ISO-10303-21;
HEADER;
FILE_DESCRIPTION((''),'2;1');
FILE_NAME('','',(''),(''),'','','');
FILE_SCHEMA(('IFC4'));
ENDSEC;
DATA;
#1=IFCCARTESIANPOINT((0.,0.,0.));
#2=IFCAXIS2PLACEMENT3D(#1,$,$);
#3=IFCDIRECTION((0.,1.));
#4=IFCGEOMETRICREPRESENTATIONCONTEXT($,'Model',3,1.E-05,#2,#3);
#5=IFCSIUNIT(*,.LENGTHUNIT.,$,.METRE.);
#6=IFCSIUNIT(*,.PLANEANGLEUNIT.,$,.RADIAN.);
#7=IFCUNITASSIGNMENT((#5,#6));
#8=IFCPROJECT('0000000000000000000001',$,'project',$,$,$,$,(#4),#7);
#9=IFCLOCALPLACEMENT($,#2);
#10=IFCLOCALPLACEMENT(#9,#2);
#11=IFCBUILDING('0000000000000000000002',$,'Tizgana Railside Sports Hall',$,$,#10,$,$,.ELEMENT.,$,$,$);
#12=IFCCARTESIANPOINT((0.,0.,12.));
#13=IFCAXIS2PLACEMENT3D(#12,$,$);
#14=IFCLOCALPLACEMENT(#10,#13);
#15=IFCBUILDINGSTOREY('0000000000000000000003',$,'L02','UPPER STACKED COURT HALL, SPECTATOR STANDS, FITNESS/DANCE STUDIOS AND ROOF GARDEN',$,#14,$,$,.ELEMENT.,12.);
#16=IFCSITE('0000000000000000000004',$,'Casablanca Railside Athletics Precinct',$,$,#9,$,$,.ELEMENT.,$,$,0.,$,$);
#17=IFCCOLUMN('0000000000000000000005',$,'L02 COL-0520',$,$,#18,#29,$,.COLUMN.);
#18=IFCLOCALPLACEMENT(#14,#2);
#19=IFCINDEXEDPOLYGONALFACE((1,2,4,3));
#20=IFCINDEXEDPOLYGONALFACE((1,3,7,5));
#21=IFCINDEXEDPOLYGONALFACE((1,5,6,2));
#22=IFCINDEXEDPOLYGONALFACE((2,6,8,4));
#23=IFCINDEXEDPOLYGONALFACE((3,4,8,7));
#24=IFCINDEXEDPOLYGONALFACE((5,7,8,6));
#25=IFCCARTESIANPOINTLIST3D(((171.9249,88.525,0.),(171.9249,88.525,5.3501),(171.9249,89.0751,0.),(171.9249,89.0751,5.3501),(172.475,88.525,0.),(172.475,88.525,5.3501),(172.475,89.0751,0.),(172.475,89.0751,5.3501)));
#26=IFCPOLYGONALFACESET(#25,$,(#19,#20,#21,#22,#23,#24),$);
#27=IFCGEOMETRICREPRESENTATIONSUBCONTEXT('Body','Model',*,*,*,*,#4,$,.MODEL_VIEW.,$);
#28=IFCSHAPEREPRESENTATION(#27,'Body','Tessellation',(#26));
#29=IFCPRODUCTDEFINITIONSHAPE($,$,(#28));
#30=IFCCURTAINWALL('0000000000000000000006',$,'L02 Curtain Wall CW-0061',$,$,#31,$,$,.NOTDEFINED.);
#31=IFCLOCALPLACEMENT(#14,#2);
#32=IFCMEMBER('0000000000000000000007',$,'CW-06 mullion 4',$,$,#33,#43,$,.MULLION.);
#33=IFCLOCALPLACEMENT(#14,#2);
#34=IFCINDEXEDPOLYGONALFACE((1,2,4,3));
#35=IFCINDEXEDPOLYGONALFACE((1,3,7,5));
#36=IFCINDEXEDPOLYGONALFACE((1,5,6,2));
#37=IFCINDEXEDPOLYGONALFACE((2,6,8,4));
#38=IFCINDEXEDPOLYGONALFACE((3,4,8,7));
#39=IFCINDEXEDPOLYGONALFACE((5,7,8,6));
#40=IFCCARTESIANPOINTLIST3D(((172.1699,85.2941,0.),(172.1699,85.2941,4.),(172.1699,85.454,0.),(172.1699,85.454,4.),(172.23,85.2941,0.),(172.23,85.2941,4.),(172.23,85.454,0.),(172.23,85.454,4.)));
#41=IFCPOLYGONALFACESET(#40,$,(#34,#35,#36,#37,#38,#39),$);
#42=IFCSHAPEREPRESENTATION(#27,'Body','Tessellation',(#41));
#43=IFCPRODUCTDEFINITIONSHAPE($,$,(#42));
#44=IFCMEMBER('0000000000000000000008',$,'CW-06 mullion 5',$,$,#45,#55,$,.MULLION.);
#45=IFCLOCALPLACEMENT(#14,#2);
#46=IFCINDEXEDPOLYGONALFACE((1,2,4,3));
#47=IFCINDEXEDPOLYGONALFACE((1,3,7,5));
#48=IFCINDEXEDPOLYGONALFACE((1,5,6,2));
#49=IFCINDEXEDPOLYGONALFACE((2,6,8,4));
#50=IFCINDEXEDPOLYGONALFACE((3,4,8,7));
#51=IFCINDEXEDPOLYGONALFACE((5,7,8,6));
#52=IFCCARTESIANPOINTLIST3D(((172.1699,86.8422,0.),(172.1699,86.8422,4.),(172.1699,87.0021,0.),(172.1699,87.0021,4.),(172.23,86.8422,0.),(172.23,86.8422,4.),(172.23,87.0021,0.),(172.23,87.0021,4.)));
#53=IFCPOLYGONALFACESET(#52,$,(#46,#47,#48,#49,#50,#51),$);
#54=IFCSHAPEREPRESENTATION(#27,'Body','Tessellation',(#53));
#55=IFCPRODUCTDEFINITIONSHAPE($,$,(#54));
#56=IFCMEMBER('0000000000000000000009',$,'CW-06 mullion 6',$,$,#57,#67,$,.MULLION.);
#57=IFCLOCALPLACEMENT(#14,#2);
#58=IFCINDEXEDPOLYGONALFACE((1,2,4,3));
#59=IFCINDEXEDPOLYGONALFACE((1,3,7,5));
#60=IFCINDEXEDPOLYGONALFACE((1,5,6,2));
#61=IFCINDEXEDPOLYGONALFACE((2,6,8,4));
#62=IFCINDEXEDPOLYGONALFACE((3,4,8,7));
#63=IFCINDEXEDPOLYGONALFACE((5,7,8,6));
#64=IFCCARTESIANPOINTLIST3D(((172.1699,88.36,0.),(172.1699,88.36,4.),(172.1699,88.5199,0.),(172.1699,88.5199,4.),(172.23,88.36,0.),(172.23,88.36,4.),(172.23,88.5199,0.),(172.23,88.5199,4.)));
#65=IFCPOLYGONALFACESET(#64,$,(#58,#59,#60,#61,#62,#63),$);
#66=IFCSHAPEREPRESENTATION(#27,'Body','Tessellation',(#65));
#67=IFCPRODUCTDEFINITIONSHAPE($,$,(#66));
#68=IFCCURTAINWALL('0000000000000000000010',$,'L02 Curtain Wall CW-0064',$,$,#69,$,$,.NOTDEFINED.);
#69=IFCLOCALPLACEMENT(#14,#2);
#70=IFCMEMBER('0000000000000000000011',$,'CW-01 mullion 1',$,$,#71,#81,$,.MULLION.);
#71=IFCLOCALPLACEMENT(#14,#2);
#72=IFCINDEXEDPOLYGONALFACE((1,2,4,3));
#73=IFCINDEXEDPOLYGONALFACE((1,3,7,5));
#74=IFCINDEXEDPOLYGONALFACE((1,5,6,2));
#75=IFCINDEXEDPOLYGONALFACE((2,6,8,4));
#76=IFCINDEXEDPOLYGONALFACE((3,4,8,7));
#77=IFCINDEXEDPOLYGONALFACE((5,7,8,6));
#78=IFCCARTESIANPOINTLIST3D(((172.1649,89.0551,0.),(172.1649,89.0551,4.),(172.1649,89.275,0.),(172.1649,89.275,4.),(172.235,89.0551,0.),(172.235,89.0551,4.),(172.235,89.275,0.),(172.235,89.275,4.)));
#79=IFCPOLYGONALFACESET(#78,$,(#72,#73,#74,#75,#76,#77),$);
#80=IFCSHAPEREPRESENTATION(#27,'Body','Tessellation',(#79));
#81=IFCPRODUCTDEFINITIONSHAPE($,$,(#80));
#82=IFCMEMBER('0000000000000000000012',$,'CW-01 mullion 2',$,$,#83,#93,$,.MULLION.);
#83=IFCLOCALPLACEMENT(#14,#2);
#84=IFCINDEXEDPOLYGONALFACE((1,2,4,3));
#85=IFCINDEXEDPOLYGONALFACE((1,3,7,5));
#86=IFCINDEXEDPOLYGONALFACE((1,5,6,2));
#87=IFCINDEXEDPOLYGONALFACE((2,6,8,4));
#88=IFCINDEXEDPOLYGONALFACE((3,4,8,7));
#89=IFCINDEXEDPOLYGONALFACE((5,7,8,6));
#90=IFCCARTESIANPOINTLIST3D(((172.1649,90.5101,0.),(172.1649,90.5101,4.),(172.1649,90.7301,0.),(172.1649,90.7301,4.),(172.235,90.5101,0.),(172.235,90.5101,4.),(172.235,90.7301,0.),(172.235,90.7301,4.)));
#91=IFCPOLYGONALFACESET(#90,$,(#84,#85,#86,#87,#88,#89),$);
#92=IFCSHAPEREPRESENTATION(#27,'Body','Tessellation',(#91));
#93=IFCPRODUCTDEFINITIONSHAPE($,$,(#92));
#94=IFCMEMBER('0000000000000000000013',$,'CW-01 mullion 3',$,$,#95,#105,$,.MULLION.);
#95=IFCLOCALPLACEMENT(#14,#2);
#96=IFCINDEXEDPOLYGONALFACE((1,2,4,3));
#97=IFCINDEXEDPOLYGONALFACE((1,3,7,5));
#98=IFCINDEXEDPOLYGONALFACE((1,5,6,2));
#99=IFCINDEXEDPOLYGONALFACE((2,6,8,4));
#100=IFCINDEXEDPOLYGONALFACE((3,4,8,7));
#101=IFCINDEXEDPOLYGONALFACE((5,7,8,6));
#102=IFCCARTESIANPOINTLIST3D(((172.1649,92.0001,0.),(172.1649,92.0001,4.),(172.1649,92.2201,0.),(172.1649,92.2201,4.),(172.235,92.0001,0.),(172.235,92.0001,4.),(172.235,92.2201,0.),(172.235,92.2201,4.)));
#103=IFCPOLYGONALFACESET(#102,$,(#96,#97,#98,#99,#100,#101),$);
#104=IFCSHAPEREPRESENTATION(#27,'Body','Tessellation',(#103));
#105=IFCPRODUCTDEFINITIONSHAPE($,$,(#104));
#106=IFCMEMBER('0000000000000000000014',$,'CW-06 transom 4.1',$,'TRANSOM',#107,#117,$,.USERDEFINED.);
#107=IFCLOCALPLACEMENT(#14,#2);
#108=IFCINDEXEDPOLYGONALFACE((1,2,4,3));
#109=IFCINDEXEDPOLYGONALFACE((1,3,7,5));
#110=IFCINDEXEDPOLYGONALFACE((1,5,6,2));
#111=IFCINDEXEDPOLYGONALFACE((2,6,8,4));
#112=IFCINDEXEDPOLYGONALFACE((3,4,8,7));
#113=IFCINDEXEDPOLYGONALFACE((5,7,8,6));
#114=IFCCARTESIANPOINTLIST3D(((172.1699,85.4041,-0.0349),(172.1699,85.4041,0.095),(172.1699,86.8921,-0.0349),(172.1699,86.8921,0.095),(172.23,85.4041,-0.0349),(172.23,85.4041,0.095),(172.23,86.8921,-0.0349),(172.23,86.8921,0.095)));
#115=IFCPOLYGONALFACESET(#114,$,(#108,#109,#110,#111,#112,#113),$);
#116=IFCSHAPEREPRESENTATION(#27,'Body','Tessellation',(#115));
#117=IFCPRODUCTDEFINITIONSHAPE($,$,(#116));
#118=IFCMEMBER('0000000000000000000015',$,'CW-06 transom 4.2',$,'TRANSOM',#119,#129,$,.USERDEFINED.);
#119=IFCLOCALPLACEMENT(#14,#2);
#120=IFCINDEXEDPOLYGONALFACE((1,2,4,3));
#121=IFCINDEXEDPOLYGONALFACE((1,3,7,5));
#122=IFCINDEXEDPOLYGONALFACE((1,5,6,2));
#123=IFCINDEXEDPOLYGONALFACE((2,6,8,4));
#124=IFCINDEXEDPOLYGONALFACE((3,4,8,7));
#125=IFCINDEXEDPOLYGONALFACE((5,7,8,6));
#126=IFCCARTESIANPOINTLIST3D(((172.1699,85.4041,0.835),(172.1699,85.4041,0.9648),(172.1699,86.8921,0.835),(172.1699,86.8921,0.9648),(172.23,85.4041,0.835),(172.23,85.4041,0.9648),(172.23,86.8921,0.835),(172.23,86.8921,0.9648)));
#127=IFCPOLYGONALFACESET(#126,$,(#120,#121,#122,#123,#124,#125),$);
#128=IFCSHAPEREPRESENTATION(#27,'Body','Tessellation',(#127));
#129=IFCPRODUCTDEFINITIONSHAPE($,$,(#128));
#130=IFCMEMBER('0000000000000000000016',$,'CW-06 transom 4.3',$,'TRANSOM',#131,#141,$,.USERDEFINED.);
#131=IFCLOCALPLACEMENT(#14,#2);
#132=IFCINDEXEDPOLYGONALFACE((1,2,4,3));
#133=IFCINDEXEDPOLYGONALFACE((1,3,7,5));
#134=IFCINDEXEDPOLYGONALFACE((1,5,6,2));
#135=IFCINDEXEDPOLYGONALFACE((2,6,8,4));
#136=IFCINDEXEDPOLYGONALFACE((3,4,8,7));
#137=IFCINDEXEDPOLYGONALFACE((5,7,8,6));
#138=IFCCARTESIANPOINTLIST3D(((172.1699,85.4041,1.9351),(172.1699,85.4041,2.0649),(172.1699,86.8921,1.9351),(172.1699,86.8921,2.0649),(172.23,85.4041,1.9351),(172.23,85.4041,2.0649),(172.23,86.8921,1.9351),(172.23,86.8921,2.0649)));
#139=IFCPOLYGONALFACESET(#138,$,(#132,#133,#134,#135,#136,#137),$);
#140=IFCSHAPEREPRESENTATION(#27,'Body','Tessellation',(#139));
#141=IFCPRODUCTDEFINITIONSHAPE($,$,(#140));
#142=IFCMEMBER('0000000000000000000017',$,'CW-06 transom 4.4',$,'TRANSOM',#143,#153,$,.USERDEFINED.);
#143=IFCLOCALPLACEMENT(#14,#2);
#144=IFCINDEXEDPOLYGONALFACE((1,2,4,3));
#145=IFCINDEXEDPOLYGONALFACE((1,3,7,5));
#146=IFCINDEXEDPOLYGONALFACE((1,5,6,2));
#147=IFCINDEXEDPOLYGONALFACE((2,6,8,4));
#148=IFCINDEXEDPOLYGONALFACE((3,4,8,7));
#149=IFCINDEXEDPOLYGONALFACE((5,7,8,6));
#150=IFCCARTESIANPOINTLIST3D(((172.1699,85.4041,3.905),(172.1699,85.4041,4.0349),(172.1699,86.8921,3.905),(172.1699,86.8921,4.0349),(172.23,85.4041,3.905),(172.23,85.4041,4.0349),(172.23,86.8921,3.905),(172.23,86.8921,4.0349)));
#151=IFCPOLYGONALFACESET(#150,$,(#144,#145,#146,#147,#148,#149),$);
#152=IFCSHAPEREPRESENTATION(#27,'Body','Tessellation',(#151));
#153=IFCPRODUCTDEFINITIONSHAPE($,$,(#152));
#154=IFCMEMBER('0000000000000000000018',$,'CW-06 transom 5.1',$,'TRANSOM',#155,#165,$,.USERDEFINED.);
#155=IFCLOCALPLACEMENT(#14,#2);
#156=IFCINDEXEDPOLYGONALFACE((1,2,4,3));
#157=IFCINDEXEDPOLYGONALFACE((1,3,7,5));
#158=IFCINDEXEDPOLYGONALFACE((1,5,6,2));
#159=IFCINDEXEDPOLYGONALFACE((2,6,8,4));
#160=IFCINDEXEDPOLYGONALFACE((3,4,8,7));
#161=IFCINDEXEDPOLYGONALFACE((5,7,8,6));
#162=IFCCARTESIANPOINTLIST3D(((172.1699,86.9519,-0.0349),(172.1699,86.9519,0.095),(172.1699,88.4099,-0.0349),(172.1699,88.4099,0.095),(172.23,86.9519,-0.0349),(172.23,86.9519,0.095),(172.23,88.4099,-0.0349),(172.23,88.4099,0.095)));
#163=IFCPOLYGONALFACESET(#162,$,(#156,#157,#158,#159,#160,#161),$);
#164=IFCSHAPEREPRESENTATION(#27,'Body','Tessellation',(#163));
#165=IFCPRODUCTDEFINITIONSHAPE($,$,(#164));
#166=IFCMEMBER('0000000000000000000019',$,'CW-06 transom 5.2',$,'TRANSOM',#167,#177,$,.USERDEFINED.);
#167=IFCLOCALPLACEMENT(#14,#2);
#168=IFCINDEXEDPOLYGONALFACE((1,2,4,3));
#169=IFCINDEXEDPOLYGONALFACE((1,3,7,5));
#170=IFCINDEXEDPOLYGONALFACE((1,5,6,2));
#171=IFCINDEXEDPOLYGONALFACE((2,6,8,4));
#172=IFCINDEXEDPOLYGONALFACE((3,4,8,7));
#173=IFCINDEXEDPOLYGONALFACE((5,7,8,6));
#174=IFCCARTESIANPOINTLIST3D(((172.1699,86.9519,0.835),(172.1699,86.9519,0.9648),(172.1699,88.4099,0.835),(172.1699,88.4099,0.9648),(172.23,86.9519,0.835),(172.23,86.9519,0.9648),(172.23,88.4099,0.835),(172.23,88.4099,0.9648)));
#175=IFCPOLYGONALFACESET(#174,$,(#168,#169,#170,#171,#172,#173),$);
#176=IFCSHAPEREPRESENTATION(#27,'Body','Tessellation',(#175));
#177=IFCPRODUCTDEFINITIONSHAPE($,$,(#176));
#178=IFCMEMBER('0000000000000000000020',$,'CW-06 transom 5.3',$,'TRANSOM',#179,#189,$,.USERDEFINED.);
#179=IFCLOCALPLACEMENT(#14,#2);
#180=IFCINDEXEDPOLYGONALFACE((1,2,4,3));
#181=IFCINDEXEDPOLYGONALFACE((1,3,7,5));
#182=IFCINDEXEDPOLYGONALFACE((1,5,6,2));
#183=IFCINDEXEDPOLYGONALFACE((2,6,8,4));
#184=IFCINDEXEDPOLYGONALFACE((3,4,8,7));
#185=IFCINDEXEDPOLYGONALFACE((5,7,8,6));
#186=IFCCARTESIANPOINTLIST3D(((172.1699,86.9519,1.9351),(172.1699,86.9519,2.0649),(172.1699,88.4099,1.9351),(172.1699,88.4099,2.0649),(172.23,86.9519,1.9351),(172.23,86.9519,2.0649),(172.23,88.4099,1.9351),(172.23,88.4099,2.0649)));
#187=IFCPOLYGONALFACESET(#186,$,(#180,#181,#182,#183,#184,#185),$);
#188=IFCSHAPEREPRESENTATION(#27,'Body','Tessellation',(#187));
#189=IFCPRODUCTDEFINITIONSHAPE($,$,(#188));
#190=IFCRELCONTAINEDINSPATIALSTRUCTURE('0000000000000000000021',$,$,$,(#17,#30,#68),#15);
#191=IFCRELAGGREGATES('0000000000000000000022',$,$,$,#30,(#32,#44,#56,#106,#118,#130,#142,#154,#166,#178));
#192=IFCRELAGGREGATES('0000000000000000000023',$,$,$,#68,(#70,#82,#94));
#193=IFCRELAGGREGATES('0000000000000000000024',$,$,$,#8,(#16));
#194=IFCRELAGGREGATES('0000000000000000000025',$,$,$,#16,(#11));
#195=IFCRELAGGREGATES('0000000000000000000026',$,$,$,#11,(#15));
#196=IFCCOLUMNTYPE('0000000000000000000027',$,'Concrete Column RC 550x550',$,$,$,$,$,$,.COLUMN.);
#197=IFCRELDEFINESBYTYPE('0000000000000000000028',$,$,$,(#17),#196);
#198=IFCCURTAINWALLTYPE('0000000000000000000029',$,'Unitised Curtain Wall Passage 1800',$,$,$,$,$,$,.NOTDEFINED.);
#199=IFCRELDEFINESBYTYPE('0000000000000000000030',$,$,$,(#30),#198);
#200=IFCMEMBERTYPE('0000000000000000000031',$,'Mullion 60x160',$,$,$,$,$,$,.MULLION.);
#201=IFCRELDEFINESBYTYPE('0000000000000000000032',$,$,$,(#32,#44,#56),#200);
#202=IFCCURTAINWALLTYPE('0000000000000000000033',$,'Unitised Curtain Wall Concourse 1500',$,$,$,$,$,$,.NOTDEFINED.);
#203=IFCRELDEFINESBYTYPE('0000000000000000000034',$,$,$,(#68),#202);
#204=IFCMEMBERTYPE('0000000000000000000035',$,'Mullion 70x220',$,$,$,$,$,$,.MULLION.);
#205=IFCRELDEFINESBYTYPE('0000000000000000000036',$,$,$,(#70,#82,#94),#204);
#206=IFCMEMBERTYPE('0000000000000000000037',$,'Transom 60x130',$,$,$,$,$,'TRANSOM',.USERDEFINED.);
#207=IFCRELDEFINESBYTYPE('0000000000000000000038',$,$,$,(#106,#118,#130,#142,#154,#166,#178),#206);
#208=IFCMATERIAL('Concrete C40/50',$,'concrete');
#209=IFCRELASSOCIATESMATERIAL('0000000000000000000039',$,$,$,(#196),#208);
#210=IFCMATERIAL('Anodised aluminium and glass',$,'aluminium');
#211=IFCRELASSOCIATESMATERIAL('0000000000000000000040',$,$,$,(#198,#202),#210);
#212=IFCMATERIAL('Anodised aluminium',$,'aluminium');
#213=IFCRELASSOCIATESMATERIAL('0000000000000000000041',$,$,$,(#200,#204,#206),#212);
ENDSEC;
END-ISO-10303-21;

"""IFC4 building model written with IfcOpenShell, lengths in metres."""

from ifc_helpers import new_model, si_unit, direction, frame, origin, origin_2d, place, context, subcontext, project, spatial, rectangle, extrude, material, material_profile, profile_set, type_object, element, aggregate, save


model = new_model("IFC4")

# Units and contexts
model_context = context("Model", 3, precision=1e-05, world=origin(), true_north=direction((0.0, 1.0)))
body_context = subcontext(model_context, "Body", "Model", "MODEL_VIEW")
ifc_project = project(units=[si_unit("LENGTHUNIT", "METRE"), si_unit("PLANEANGLEUNIT", "RADIAN")], contexts=[model_context])

# Site, building, storey
site_placement = place(None, origin())
site = spatial("IfcSite", under=ifc_project, at=site_placement, Name="Casablanca Railside Athletics Precinct", CompositionType="ELEMENT", RefElevation=0.0)
building_placement = place(site_placement, origin())
building = spatial("IfcBuilding", under=site, at=building_placement, Name="Tizgana Railside Sports Hall", CompositionType="ELEMENT")
storey_placement = place(building_placement, frame((0.0, 0.0, 12.0)))
storey = spatial("IfcBuildingStorey", under=building, at=storey_placement, Name="L02", Description="UPPER STACKED COURT HALL, SPECTATOR STANDS, FITNESS/DANCE STUDIOS AND ROOF GARDEN", CompositionType="ELEMENT", Elevation=12.0)

# Column
ifc_material_1 = material(Name="Concrete C40/50", Category="concrete")
ifc_material_profile_1 = material_profile(ifc_material_1, rectangle(XDim=0.55, YDim=0.55, at=origin_2d()), Name="RC 550x550")
ifc_profile_set_1 = profile_set([ifc_material_profile_1], Name="Concrete C40/50")
column_type = type_object("IfcColumnType", Name="Concrete Column RC 550x550", PredefinedType="COLUMN", material=ifc_profile_set_1)
column_placement = place(storey_placement, frame((172.2, 88.8, 0.0), z_axis=(0.0, 0.0, 1.0), x_axis=(1.0, 0.0, 0.0)))
element("IfcColumn", 1, at=column_placement, inside=storey, type_object=column_type, Name="L02 COL-0520", PredefinedType="COLUMN", context=body_context, shape_type="SweptSolid", body=[
    extrude(rectangle(XDim=0.55, YDim=0.55, at=origin_2d()), origin(), (0.0, 0.0, 1.0), 5.3501),
])

# Curtain walls, members
ifc_material_2 = material(Name="Anodised aluminium and glass", Category="aluminium")
curtain_wall_type_1 = type_object("IfcCurtainWallType", Name="Unitised Curtain Wall Passage 1800", PredefinedType="NOTDEFINED", material=ifc_material_2)
curtain_wall_1_placement = place(storey_placement, origin())
curtain_wall_1 = element("IfcCurtainWall", 2, at=curtain_wall_1_placement, inside=storey, type_object=curtain_wall_type_1, Name="L02 Curtain Wall CW-0061", PredefinedType="NOTDEFINED")
ifc_material_3 = material(Name="Anodised aluminium", Category="aluminium")
ifc_material_profile_2 = material_profile(ifc_material_3, rectangle(XDim=0.0601, YDim=0.1599, at=origin_2d()), Name="Mullion 60x160")
ifc_profile_set_2 = profile_set([ifc_material_profile_2], Name="Anodised aluminium")
member_type_1 = type_object("IfcMemberType", Name="Mullion 60x160", PredefinedType="MULLION", material=ifc_profile_set_2)
member_1_placement = place(storey_placement, frame((172.2, 85.374, 0.0), z_axis=(0.0, 0.0, 1.0), x_axis=(-1.0, 0.0, 0.0)))
member_1 = element("IfcMember", 3, at=member_1_placement, type_object=member_type_1, Name="CW-06 mullion 4", PredefinedType="MULLION", context=body_context, shape_type="SweptSolid", body=[
    extrude(rectangle(XDim=0.0601, YDim=0.1599, at=origin_2d()), origin(), (0.0, 0.0, 1.0), 4.0),
])
member_2_placement = place(storey_placement, frame((172.2, 86.9221, 0.0), z_axis=(0.0, 0.0, 1.0), x_axis=(-1.0, 0.0, 0.0)))
member_2 = element("IfcMember", 4, at=member_2_placement, type_object=member_type_1, Name="CW-06 mullion 5", PredefinedType="MULLION", context=body_context, shape_type="SweptSolid", body=[
    extrude(rectangle(XDim=0.0601, YDim=0.1599, at=origin_2d()), origin(), (0.0, 0.0, 1.0), 4.0),
])
member_3_placement = place(storey_placement, frame((172.2, 88.4399, 0.0), z_axis=(0.0, 0.0, 1.0), x_axis=(-1.0, 0.0, 0.0)))
member_3 = element("IfcMember", 5, at=member_3_placement, type_object=member_type_1, Name="CW-06 mullion 6", PredefinedType="MULLION", context=body_context, shape_type="SweptSolid", body=[
    extrude(rectangle(XDim=0.0601, YDim=0.1599, at=origin_2d()), origin(), (0.0, 0.0, 1.0), 4.0),
])
curtain_wall_type_2 = type_object("IfcCurtainWallType", Name="Unitised Curtain Wall Concourse 1500", PredefinedType="NOTDEFINED", material=ifc_material_2)
curtain_wall_2_placement = place(storey_placement, origin())
curtain_wall_2 = element("IfcCurtainWall", 6, at=curtain_wall_2_placement, inside=storey, type_object=curtain_wall_type_2, Name="L02 Curtain Wall CW-0064", PredefinedType="NOTDEFINED")
ifc_material_profile_3 = material_profile(ifc_material_3, rectangle(XDim=0.0701, YDim=0.22, at=origin_2d()), Name="Mullion 70x220")
ifc_profile_set_3 = profile_set([ifc_material_profile_3], Name="Anodised aluminium")
member_type_2 = type_object("IfcMemberType", Name="Mullion 70x220", PredefinedType="MULLION", material=ifc_profile_set_3)
member_4_placement = place(storey_placement, frame((172.2, 89.165, 0.0), z_axis=(0.0, 0.0, 1.0), x_axis=(-1.0, 0.0, 0.0)))
member_4 = element("IfcMember", 7, at=member_4_placement, type_object=member_type_2, Name="CW-01 mullion 1", PredefinedType="MULLION", context=body_context, shape_type="SweptSolid", body=[
    extrude(rectangle(XDim=0.0701, YDim=0.22, at=origin_2d()), origin(), (0.0, 0.0, 1.0), 4.0),
])
member_5_placement = place(storey_placement, frame((172.2, 90.6201, 0.0), z_axis=(0.0, 0.0, 1.0), x_axis=(-1.0, 0.0, 0.0)))
member_5 = element("IfcMember", 8, at=member_5_placement, type_object=member_type_2, Name="CW-01 mullion 2", PredefinedType="MULLION", context=body_context, shape_type="SweptSolid", body=[
    extrude(rectangle(XDim=0.0701, YDim=0.22, at=origin_2d()), origin(), (0.0, 0.0, 1.0), 4.0),
])
member_6_placement = place(storey_placement, frame((172.2, 92.1101, 0.0), z_axis=(0.0, 0.0, 1.0), x_axis=(-1.0, 0.0, 0.0)))
member_6 = element("IfcMember", 9, at=member_6_placement, type_object=member_type_2, Name="CW-01 mullion 3", PredefinedType="MULLION", context=body_context, shape_type="SweptSolid", body=[
    extrude(rectangle(XDim=0.0701, YDim=0.22, at=origin_2d()), origin(), (0.0, 0.0, 1.0), 4.0),
])

# Members
ifc_material_profile_4 = material_profile(ifc_material_3, rectangle(XDim=0.0601, YDim=0.1299, at=origin_2d()), Name="Transom 60x130")
ifc_profile_set_4 = profile_set([ifc_material_profile_4], Name="Anodised aluminium")
member_type_3 = type_object("IfcMemberType", Name="Transom 60x130", ElementType="TRANSOM", PredefinedType="USERDEFINED", material=ifc_profile_set_4)
member_7_placement = place(storey_placement, frame((172.2, 85.4041, 0.03), z_axis=(0.0, 1.0, 0.0), x_axis=(-1.0, 0.0, 0.0)))
member_7 = element("IfcMember", 10, at=member_7_placement, type_object=member_type_3, Name="CW-06 transom 4.1", ObjectType="TRANSOM", PredefinedType="USERDEFINED", context=body_context, shape_type="SweptSolid", body=[
    extrude(rectangle(XDim=0.0601, YDim=0.1299, at=origin_2d()), origin(), (0.0, 0.0, 1.0), 1.488),
])
member_8_placement = place(storey_placement, frame((172.2, 85.4041, 0.8999), z_axis=(0.0, 1.0, 0.0), x_axis=(-1.0, 0.0, 0.0)))
member_8 = element("IfcMember", 11, at=member_8_placement, type_object=member_type_3, Name="CW-06 transom 4.2", ObjectType="TRANSOM", PredefinedType="USERDEFINED", context=body_context, shape_type="SweptSolid", body=[
    extrude(rectangle(XDim=0.0601, YDim=0.1299, at=origin_2d()), origin(), (0.0, 0.0, 1.0), 1.488),
])
member_9_placement = place(storey_placement, frame((172.2, 85.4041, 2.0), z_axis=(0.0, 1.0, 0.0), x_axis=(-1.0, 0.0, 0.0)))
member_9 = element("IfcMember", 12, at=member_9_placement, type_object=member_type_3, Name="CW-06 transom 4.3", ObjectType="TRANSOM", PredefinedType="USERDEFINED", context=body_context, shape_type="SweptSolid", body=[
    extrude(rectangle(XDim=0.0601, YDim=0.1299, at=origin_2d()), origin(), (0.0, 0.0, 1.0), 1.488),
])
member_10_placement = place(storey_placement, frame((172.2, 85.4041, 3.97), z_axis=(0.0, 1.0, 0.0), x_axis=(-1.0, 0.0, 0.0)))
member_10 = element("IfcMember", 13, at=member_10_placement, type_object=member_type_3, Name="CW-06 transom 4.4", ObjectType="TRANSOM", PredefinedType="USERDEFINED", context=body_context, shape_type="SweptSolid", body=[
    extrude(rectangle(XDim=0.0601, YDim=0.1299, at=origin_2d()), origin(), (0.0, 0.0, 1.0), 1.488),
])
member_11_placement = place(storey_placement, frame((172.2, 86.9519, 0.03), z_axis=(0.0, 1.0, 0.0), x_axis=(-1.0, 0.0, 0.0)))
member_11 = element("IfcMember", 14, at=member_11_placement, type_object=member_type_3, Name="CW-06 transom 5.1", ObjectType="TRANSOM", PredefinedType="USERDEFINED", context=body_context, shape_type="SweptSolid", body=[
    extrude(rectangle(XDim=0.0601, YDim=0.1299, at=origin_2d()), origin(), (0.0, 0.0, 1.0), 1.458),
])
member_12_placement = place(storey_placement, frame((172.2, 86.9519, 0.8999), z_axis=(0.0, 1.0, 0.0), x_axis=(-1.0, 0.0, 0.0)))
member_12 = element("IfcMember", 15, at=member_12_placement, type_object=member_type_3, Name="CW-06 transom 5.2", ObjectType="TRANSOM", PredefinedType="USERDEFINED", context=body_context, shape_type="SweptSolid", body=[
    extrude(rectangle(XDim=0.0601, YDim=0.1299, at=origin_2d()), origin(), (0.0, 0.0, 1.0), 1.458),
])
member_13_placement = place(storey_placement, frame((172.2, 86.9519, 2.0), z_axis=(0.0, 1.0, 0.0), x_axis=(-1.0, 0.0, 0.0)))
member_13 = element("IfcMember", 16, at=member_13_placement, type_object=member_type_3, Name="CW-06 transom 5.3", ObjectType="TRANSOM", PredefinedType="USERDEFINED", context=body_context, shape_type="SweptSolid", body=[
    extrude(rectangle(XDim=0.0601, YDim=0.1299, at=origin_2d()), origin(), (0.0, 0.0, 1.0), 1.458),
])

aggregate(curtain_wall_1, [member_1, member_2, member_3, member_7, member_8, member_9, member_10, member_11, member_12, member_13])
aggregate(curtain_wall_2, [member_4, member_5, member_6])

save(model, "model.ifc")
